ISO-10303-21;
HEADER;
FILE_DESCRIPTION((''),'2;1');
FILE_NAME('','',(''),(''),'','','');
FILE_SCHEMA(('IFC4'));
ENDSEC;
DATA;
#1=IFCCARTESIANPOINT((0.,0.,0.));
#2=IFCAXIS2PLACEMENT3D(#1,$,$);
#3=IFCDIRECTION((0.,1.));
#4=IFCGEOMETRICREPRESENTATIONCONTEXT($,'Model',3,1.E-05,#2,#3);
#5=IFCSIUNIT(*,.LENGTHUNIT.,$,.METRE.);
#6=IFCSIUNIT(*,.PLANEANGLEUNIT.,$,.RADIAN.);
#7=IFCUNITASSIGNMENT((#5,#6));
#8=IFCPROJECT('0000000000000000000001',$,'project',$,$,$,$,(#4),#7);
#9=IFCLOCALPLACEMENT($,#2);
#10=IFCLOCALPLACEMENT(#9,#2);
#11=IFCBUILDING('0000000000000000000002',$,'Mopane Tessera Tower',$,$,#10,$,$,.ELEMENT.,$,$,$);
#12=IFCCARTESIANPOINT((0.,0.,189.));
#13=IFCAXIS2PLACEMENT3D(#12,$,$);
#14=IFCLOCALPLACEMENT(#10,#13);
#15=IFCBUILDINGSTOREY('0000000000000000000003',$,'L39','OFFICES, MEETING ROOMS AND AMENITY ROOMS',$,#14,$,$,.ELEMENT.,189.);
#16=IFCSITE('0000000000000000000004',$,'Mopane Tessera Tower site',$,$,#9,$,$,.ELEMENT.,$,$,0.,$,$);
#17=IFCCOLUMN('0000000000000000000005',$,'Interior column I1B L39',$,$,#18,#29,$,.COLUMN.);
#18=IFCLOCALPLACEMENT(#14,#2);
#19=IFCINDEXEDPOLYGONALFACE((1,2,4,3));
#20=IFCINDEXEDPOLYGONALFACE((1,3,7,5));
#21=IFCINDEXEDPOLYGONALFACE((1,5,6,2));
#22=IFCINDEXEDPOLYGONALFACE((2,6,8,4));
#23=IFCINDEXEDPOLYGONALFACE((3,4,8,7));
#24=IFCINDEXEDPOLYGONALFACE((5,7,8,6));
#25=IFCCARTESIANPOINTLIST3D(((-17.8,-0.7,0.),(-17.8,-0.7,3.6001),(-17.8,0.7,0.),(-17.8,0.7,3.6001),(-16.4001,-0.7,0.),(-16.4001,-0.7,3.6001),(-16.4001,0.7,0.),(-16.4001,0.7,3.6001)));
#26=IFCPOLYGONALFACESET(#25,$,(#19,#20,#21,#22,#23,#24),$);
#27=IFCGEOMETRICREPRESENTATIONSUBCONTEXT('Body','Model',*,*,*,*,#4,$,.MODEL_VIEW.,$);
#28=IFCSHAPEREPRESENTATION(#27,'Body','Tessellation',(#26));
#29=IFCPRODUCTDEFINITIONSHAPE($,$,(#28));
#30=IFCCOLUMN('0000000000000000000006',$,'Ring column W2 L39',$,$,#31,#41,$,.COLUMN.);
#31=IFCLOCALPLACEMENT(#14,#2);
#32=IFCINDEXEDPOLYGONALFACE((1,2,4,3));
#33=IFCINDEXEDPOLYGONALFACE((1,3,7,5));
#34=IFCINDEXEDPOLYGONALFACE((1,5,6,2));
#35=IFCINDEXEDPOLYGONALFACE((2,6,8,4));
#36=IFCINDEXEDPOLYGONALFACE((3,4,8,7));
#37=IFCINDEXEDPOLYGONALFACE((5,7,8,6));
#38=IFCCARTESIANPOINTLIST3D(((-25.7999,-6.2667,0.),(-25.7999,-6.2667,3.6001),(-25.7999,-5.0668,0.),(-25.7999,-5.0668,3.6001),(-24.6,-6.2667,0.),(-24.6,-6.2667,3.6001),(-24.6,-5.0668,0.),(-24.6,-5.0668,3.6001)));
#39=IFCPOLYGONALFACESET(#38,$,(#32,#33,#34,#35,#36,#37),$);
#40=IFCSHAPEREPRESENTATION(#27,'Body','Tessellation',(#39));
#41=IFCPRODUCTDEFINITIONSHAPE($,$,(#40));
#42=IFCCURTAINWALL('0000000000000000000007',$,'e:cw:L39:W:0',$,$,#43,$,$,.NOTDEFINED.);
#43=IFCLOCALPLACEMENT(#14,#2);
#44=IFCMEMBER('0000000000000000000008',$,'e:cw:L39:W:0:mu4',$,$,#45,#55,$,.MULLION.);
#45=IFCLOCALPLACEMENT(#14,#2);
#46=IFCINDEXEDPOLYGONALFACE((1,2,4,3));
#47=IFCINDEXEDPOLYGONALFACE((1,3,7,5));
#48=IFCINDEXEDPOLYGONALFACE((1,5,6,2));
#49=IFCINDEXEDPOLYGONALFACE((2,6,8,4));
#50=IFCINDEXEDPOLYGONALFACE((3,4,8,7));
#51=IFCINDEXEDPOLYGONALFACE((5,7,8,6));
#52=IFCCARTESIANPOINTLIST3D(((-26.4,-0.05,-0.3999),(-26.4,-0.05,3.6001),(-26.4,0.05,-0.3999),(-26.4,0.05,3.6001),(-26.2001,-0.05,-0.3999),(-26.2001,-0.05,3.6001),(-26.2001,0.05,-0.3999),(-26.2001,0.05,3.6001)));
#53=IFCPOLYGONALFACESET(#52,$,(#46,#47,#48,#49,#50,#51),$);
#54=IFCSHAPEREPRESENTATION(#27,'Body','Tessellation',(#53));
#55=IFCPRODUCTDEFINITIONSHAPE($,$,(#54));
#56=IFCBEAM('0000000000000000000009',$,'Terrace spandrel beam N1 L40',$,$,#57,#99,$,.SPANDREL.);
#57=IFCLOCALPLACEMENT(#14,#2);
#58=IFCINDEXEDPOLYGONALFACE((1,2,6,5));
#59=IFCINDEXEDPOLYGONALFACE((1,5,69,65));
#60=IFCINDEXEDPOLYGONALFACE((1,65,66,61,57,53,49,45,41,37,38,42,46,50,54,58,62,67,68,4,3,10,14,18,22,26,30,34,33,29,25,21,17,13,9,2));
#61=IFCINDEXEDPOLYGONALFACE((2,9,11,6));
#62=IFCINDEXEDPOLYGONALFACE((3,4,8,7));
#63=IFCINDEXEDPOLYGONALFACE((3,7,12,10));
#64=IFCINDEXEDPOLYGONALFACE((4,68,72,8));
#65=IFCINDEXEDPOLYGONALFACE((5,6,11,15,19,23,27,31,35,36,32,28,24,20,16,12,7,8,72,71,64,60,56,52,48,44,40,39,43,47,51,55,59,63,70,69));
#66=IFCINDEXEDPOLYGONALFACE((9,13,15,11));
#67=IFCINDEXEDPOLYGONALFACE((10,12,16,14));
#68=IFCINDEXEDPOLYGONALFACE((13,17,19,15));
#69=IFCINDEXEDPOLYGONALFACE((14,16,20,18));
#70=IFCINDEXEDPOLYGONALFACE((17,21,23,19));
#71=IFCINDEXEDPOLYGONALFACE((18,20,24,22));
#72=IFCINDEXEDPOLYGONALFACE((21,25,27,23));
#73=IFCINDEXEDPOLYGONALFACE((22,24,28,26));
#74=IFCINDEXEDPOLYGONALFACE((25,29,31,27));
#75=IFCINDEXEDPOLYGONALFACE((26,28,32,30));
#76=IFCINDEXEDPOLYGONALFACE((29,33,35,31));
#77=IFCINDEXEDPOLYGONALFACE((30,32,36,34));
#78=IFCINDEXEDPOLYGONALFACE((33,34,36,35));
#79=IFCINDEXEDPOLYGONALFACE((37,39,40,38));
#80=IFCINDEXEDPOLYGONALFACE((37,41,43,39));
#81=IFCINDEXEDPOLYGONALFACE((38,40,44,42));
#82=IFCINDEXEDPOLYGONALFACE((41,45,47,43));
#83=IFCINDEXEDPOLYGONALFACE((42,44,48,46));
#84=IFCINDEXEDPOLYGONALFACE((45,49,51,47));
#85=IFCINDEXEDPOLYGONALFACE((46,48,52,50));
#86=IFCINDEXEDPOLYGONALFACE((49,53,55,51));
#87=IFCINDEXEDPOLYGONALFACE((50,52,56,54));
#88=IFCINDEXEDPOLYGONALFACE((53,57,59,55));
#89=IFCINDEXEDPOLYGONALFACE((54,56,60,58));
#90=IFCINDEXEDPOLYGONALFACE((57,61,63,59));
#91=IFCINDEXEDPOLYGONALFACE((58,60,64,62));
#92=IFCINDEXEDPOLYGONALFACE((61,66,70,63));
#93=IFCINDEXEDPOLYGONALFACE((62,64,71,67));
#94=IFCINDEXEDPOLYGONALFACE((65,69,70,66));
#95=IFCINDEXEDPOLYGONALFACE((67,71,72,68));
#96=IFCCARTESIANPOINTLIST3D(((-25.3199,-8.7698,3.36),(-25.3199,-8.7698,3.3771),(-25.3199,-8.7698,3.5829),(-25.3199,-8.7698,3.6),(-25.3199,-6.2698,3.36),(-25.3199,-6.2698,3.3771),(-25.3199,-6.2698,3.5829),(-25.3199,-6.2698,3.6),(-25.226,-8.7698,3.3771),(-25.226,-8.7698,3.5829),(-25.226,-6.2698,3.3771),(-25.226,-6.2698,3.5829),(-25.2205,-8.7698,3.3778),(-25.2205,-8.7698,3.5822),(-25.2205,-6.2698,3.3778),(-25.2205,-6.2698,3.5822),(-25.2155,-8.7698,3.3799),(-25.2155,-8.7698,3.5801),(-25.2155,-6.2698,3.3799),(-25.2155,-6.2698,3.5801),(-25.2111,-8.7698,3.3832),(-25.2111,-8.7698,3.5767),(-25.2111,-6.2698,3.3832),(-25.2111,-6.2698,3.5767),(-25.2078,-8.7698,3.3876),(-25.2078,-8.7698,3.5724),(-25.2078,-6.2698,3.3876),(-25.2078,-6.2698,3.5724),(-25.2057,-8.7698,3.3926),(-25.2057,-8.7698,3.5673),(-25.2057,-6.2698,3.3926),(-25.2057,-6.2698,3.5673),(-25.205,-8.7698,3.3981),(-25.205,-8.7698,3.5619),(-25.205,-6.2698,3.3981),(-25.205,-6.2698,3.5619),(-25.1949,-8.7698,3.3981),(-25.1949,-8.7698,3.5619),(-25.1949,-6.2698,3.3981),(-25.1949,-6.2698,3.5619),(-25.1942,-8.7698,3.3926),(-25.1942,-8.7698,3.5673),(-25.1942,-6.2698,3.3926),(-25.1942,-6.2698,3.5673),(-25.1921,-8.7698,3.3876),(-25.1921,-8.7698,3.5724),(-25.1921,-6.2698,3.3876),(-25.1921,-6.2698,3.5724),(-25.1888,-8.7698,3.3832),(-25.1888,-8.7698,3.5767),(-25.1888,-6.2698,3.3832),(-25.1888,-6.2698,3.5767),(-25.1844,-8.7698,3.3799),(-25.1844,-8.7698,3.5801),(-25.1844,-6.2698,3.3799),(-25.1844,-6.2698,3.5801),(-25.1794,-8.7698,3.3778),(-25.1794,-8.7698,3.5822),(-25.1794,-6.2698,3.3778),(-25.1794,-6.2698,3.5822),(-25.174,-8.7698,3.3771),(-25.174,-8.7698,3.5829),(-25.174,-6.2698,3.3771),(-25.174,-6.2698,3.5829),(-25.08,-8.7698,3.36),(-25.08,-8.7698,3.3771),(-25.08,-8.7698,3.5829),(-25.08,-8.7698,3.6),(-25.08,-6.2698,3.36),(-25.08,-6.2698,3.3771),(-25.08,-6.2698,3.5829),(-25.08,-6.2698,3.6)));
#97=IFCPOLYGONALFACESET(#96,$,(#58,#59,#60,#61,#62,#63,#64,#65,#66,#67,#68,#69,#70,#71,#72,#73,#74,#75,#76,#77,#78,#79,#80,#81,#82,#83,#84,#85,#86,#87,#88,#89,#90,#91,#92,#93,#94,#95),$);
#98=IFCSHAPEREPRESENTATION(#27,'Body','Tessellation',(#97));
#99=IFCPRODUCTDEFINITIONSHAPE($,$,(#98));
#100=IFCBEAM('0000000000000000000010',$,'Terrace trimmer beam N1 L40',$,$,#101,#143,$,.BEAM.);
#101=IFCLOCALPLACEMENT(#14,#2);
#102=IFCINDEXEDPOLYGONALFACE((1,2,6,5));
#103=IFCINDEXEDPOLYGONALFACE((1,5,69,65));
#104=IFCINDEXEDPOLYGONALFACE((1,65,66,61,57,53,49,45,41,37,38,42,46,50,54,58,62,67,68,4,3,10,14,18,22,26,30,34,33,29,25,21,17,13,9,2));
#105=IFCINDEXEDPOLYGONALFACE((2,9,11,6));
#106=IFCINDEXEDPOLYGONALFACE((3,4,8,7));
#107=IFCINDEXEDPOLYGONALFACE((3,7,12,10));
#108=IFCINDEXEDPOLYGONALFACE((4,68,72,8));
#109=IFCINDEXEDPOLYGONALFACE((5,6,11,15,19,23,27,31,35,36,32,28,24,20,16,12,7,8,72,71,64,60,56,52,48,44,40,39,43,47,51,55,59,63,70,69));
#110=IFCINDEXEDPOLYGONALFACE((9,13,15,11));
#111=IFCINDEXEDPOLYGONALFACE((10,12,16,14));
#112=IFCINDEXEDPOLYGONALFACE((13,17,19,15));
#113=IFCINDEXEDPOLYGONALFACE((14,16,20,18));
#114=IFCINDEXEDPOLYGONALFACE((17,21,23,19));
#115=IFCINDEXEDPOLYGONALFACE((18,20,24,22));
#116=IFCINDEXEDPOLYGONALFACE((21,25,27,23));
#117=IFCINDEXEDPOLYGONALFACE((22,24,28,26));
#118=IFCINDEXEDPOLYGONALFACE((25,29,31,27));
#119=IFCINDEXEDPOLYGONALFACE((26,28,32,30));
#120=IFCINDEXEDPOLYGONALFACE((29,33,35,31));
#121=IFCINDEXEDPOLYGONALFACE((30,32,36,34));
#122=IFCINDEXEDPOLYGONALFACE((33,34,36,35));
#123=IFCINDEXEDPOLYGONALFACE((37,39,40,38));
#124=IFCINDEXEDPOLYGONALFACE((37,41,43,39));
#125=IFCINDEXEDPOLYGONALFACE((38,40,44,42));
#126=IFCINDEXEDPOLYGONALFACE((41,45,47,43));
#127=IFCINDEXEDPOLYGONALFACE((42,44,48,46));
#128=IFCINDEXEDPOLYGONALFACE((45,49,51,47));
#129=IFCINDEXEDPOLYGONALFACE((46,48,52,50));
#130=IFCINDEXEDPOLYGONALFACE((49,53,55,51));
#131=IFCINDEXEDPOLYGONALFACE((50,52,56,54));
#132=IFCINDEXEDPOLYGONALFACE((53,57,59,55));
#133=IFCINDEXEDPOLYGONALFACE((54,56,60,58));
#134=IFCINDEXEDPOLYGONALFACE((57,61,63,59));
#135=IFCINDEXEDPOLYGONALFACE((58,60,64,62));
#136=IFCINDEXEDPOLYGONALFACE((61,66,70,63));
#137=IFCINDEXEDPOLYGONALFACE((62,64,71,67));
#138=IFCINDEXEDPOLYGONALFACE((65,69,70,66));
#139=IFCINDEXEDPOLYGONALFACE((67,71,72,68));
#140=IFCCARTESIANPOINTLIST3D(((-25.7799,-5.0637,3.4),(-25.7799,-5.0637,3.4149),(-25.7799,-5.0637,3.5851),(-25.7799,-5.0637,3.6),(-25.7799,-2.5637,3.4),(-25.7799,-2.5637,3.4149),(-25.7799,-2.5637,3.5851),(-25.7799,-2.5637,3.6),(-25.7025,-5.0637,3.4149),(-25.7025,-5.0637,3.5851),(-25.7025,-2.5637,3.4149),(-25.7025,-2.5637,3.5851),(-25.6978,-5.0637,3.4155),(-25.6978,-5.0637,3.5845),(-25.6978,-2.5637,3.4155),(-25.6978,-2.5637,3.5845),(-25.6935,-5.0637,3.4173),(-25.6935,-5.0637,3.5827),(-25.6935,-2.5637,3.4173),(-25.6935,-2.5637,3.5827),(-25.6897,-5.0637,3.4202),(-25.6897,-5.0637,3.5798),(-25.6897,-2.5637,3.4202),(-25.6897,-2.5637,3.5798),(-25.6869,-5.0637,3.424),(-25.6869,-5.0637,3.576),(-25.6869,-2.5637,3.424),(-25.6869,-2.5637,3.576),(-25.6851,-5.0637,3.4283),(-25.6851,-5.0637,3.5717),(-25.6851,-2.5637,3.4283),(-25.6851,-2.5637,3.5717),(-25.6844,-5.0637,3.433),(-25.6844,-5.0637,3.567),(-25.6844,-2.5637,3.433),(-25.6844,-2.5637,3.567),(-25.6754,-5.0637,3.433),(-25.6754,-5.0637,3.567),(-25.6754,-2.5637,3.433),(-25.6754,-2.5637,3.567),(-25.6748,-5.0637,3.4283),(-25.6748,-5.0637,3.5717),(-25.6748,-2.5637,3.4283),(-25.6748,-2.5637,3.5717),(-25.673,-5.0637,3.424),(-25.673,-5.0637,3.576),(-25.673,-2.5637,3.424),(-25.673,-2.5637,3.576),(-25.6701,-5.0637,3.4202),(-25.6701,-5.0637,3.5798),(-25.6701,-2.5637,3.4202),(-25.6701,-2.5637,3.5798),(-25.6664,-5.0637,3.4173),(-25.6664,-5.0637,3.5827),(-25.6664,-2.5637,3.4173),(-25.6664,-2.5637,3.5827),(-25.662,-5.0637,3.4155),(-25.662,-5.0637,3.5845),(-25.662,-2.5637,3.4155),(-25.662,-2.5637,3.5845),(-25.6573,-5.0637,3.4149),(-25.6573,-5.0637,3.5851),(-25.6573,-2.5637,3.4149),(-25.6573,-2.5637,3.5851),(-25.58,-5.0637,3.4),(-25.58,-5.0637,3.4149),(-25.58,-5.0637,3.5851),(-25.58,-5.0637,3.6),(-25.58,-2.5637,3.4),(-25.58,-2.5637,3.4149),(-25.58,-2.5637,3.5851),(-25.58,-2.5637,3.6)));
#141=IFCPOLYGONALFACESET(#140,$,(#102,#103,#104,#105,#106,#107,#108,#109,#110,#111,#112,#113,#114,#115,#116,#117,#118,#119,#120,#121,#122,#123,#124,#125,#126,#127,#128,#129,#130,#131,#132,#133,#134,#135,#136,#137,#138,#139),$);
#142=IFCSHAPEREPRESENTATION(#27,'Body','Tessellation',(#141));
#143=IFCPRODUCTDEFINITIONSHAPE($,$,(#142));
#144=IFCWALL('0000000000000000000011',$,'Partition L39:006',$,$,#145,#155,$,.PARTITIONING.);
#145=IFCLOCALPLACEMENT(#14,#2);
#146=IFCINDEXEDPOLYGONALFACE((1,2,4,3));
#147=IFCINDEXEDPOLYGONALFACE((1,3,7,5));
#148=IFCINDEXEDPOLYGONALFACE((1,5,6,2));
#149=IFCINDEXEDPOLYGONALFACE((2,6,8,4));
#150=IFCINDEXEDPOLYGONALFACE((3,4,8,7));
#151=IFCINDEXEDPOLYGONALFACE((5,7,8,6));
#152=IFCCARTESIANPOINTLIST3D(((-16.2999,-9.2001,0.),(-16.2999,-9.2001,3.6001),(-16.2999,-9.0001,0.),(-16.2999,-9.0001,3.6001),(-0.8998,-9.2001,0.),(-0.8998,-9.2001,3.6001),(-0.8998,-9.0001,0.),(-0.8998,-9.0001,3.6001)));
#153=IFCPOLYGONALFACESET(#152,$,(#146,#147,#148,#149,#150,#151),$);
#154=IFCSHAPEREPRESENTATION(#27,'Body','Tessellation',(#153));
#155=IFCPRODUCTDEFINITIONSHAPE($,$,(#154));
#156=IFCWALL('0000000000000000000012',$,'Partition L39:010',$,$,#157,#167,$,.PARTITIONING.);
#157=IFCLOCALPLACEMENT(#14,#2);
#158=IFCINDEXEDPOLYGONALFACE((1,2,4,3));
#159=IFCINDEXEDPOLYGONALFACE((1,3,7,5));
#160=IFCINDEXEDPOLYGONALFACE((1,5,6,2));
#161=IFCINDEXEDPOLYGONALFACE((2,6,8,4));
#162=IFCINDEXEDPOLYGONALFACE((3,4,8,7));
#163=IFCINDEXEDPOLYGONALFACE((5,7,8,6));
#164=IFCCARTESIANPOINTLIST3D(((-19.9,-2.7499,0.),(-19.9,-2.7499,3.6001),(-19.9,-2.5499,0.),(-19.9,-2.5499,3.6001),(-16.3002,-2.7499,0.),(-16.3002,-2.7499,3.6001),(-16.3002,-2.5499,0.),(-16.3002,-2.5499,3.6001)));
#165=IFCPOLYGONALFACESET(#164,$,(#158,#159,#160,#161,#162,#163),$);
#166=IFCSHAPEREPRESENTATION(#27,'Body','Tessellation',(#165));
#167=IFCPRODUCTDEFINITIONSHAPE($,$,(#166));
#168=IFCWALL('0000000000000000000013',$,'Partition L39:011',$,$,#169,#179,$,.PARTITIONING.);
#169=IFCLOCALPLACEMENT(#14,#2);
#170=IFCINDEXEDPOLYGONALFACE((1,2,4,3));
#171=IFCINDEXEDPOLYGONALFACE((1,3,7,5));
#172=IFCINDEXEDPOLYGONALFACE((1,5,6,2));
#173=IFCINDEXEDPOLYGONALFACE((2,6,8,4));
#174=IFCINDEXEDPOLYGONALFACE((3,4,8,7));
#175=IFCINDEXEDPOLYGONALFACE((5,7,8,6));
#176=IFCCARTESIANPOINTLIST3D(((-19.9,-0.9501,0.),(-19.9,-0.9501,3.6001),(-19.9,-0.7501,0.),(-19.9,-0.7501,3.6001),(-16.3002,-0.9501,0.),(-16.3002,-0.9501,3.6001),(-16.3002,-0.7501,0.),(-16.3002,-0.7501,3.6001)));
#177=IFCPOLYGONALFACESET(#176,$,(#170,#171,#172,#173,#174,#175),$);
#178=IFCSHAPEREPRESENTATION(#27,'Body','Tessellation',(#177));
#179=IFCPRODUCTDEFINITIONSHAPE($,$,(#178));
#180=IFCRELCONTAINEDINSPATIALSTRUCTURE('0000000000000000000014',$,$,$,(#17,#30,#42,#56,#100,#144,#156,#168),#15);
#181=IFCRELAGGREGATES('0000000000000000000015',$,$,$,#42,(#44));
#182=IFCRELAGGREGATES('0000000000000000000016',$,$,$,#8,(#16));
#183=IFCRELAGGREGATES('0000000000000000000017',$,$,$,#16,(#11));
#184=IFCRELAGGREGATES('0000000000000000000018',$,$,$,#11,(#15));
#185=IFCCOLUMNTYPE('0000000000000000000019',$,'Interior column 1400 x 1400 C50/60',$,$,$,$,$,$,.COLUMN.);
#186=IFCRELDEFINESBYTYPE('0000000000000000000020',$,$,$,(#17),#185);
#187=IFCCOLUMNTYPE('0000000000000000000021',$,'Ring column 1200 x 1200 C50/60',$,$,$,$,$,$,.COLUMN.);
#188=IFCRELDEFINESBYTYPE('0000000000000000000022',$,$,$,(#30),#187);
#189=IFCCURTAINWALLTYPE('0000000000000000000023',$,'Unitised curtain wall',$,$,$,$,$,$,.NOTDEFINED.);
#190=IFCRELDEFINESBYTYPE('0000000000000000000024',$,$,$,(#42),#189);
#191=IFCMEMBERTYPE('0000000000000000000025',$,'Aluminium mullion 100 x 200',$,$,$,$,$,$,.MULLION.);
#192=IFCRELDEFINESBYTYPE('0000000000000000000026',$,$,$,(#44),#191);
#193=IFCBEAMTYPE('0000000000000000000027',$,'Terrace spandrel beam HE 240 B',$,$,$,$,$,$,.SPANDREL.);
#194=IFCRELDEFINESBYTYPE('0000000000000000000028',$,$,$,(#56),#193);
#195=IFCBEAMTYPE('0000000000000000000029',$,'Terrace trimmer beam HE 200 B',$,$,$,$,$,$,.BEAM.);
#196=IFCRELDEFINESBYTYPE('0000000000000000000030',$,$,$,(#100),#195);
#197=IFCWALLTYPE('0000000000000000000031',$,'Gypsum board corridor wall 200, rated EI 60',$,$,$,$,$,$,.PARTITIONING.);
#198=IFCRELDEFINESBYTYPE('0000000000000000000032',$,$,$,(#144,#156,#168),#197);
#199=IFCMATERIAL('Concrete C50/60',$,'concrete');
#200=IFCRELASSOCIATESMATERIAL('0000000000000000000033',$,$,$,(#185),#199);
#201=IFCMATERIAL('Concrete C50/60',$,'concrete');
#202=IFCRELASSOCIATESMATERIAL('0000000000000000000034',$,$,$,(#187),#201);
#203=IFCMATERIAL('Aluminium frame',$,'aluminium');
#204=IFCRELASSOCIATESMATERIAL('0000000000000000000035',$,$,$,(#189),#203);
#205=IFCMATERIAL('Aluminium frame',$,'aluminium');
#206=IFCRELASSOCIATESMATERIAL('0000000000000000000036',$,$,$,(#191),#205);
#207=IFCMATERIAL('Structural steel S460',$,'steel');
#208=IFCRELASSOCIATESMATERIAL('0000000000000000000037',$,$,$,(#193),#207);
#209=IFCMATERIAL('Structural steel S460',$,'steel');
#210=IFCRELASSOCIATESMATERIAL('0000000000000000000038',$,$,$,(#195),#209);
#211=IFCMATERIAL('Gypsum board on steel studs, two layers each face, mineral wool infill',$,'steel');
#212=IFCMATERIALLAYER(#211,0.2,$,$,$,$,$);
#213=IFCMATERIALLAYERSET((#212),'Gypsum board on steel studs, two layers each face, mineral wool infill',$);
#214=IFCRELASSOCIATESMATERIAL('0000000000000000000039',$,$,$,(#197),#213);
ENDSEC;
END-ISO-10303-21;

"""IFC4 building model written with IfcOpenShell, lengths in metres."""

from ifc_helpers import new_model, si_unit, direction, frame, frame_2d, origin, origin_2d, place, context, subcontext, project, spatial, rectangle, i_section, extrude, material, layer, layer_set, material_profile, profile_set, type_object, element, aggregate, save


model = new_model("IFC4")

# Units and contexts
model_context = context("Model", 3, precision=1e-05, world=origin(), true_north=direction((0.0, 1.0)))
body_context = subcontext(model_context, "Body", "Model", "MODEL_VIEW")
ifc_project = project(units=[si_unit("LENGTHUNIT", "METRE"), si_unit("PLANEANGLEUNIT", "RADIAN")], contexts=[model_context])

# Site, building, storey
site_placement = place(None, origin())
site = spatial("IfcSite", under=ifc_project, at=site_placement, Name="Mopane Tessera Tower site", CompositionType="ELEMENT", RefElevation=0.0)
building_placement = place(site_placement, origin())
building = spatial("IfcBuilding", under=site, at=building_placement, Name="Mopane Tessera Tower", CompositionType="ELEMENT")
storey_placement = place(building_placement, frame((0.0, 0.0, 189.0)))
storey = spatial("IfcBuildingStorey", under=building, at=storey_placement, Name="L39", Description="OFFICES, MEETING ROOMS AND AMENITY ROOMS", CompositionType="ELEMENT", Elevation=189.0)

# Columns
ifc_material_1 = material(Name="Concrete C50/60", Category="concrete")
ifc_material_profile_1 = material_profile(ifc_material_1, rectangle(XDim=1.3999, YDim=1.3999, at=origin_2d()))
ifc_profile_set_1 = profile_set([ifc_material_profile_1], Name="Concrete C50/60")
column_type_1 = type_object("IfcColumnType", Name="Interior column 1400 x 1400 C50/60", PredefinedType="COLUMN", material=ifc_profile_set_1)
column_1_placement = place(storey_placement, frame((-17.1001, 0.0, 0.0), z_axis=(0.0, 0.0, 1.0), x_axis=(1.0, 0.0, 0.0)))
element("IfcColumn", 1, at=column_1_placement, inside=storey, type_object=column_type_1, Name="Interior column I1B L39", PredefinedType="COLUMN", context=body_context, shape_type="SweptSolid", body=[
    extrude(rectangle(XDim=1.3999, YDim=1.3999, at=origin_2d()), origin(), (0.0, 0.0, 1.0), 3.6001),
])
ifc_material_2 = material(Name="Concrete C50/60", Category="concrete")
ifc_material_profile_2 = material_profile(ifc_material_2, rectangle(XDim=1.2, YDim=1.2, at=origin_2d()))
ifc_profile_set_2 = profile_set([ifc_material_profile_2], Name="Concrete C50/60")
column_type_2 = type_object("IfcColumnType", Name="Ring column 1200 x 1200 C50/60", PredefinedType="COLUMN", material=ifc_profile_set_2)
column_2_placement = place(storey_placement, frame((-25.2, -5.6667, 0.0), z_axis=(0.0, 0.0, 1.0), x_axis=(1.0, 0.0, 0.0)))
element("IfcColumn", 2, at=column_2_placement, inside=storey, type_object=column_type_2, Name="Ring column W2 L39", PredefinedType="COLUMN", context=body_context, shape_type="SweptSolid", body=[
    extrude(rectangle(XDim=1.2, YDim=1.2, at=origin_2d()), origin(), (0.0, 0.0, 1.0), 3.6001),
])

# Curtain wall, member
ifc_material_3 = material(Name="Aluminium frame", Category="aluminium")
curtain_wall_type = type_object("IfcCurtainWallType", Name="Unitised curtain wall", PredefinedType="NOTDEFINED", material=ifc_material_3)
curtain_wall_placement = place(storey_placement, origin())
curtain_wall = element("IfcCurtainWall", 3, at=curtain_wall_placement, inside=storey, type_object=curtain_wall_type, Name="e:cw:L39:W:0", PredefinedType="NOTDEFINED")
ifc_material_4 = material(Name="Aluminium frame", Category="aluminium")
ifc_material_profile_3 = material_profile(ifc_material_4, rectangle(XDim=0.1001, YDim=0.2, at=origin_2d()))
ifc_profile_set_3 = profile_set([ifc_material_profile_3], Name="Aluminium frame")
member_type = type_object("IfcMemberType", Name="Aluminium mullion 100 x 200", PredefinedType="MULLION", material=ifc_profile_set_3)
member_placement = place(storey_placement, frame((-26.3, 0.0, -0.3999), z_axis=(0.0, 0.0, 1.0), x_axis=(0.0, -1.0, 0.0)))
member = element("IfcMember", 4, at=member_placement, type_object=member_type, Name="e:cw:L39:W:0:mu4", PredefinedType="MULLION", context=body_context, shape_type="SweptSolid", body=[
    extrude(rectangle(XDim=0.1001, YDim=0.2, at=origin_2d()), origin(), (0.0, 0.0, 1.0), 4.0),
])
aggregate(curtain_wall, [member])

# Beams
ifc_material_5 = material(Name="Structural steel S460", Category="steel")
ifc_material_profile_4 = material_profile(ifc_material_5, i_section(OverallWidth=0.24, OverallDepth=0.24, WebThickness=0.01, FlangeThickness=0.0171, FilletRadius=0.021, at=origin_2d()))
ifc_profile_set_4 = profile_set([ifc_material_profile_4], Name="Structural steel S460")
beam_type_1 = type_object("IfcBeamType", Name="Terrace spandrel beam HE 240 B", PredefinedType="SPANDREL", material=ifc_profile_set_4)
beam_1_placement = place(storey_placement, frame((-25.2, -6.2698, 3.48), z_axis=(0.0, -1.0, 0.0), x_axis=(1.0, 0.0, 0.0)))
element("IfcBeam", 5, at=beam_1_placement, inside=storey, type_object=beam_type_1, Name="Terrace spandrel beam N1 L40", PredefinedType="SPANDREL", context=body_context, shape_type="SweptSolid", body=[
    extrude(i_section(OverallWidth=0.24, OverallDepth=0.24, WebThickness=0.01, FlangeThickness=0.0171, FilletRadius=0.021, at=origin_2d()), origin(), (0.0, 0.0, 1.0), 2.5),
])
ifc_material_6 = material(Name="Structural steel S460", Category="steel")
ifc_material_profile_5 = material_profile(ifc_material_6, i_section(OverallWidth=0.2, OverallDepth=0.2, WebThickness=0.009, FlangeThickness=0.0149, FilletRadius=0.0181, at=origin_2d()))
ifc_profile_set_5 = profile_set([ifc_material_profile_5], Name="Structural steel S460")
beam_type_2 = type_object("IfcBeamType", Name="Terrace trimmer beam HE 200 B", PredefinedType="BEAM", material=ifc_profile_set_5)
beam_2_placement = place(storey_placement, frame((-25.6799, -5.0637, 3.5), z_axis=(0.0, 1.0, 0.0), x_axis=(-1.0, 0.0, 0.0)))
element("IfcBeam", 6, at=beam_2_placement, inside=storey, type_object=beam_type_2, Name="Terrace trimmer beam N1 L40", PredefinedType="BEAM", context=body_context, shape_type="SweptSolid", body=[
    extrude(i_section(OverallWidth=0.2, OverallDepth=0.2, WebThickness=0.009, FlangeThickness=0.0149, FilletRadius=0.0181, at=origin_2d()), origin(), (0.0, 0.0, 1.0), 2.5),
])

# Walls
ifc_material_7 = material(Name="Gypsum board on steel studs, two layers each face, mineral wool infill", Category="steel")
ifc_layer_1 = layer(ifc_material_7, 0.2)
ifc_layer_set_1 = layer_set([ifc_layer_1], Name="Gypsum board on steel studs, two layers each face, mineral wool infill")
wall_type_1 = type_object("IfcWallType", Name="Gypsum board corridor wall 200, rated EI 60", PredefinedType="PARTITIONING", material=ifc_layer_set_1)
wall_1_placement = place(storey_placement, frame((-16.3, -9.1001, 0.0), z_axis=(0.0, 0.0, 1.0), x_axis=(1.0, 0.0, 0.0)))
element("IfcWall", 7, at=wall_1_placement, inside=storey, type_object=wall_type_1, Name="Partition L39:006", PredefinedType="PARTITIONING", context=body_context, shape_type="SweptSolid", body=[
    extrude(rectangle(XDim=15.4001, YDim=0.2, at=frame_2d((7.7002, 0.0))), origin(), (0.0, 0.0, 1.0), 3.6001),
])
for number, where, z_axis, x_axis, name in (
    (8, (-19.8999, -2.6499, 0.0), (0.0, 0.0, 1.0), (1.0, 0.0, 0.0), "Partition L39:010"),
    (9, (-19.8999, -0.8501, 0.0), (0.0, 0.0, 1.0), (1.0, 0.0, 0.0), "Partition L39:011"),
):
    element("IfcWall", number, at=place(storey_placement, frame(where, z_axis=z_axis, x_axis=x_axis)), inside=storey, type_object=wall_type_1, Name=name, PredefinedType="PARTITIONING", context=body_context, shape_type="SweptSolid", body=[
        extrude(rectangle(XDim=3.5999, YDim=0.2, at=frame_2d((1.7998, 0.0))), origin(), (0.0, 0.0, 1.0), 3.6001),
    ])

save(model, "model.ifc")
